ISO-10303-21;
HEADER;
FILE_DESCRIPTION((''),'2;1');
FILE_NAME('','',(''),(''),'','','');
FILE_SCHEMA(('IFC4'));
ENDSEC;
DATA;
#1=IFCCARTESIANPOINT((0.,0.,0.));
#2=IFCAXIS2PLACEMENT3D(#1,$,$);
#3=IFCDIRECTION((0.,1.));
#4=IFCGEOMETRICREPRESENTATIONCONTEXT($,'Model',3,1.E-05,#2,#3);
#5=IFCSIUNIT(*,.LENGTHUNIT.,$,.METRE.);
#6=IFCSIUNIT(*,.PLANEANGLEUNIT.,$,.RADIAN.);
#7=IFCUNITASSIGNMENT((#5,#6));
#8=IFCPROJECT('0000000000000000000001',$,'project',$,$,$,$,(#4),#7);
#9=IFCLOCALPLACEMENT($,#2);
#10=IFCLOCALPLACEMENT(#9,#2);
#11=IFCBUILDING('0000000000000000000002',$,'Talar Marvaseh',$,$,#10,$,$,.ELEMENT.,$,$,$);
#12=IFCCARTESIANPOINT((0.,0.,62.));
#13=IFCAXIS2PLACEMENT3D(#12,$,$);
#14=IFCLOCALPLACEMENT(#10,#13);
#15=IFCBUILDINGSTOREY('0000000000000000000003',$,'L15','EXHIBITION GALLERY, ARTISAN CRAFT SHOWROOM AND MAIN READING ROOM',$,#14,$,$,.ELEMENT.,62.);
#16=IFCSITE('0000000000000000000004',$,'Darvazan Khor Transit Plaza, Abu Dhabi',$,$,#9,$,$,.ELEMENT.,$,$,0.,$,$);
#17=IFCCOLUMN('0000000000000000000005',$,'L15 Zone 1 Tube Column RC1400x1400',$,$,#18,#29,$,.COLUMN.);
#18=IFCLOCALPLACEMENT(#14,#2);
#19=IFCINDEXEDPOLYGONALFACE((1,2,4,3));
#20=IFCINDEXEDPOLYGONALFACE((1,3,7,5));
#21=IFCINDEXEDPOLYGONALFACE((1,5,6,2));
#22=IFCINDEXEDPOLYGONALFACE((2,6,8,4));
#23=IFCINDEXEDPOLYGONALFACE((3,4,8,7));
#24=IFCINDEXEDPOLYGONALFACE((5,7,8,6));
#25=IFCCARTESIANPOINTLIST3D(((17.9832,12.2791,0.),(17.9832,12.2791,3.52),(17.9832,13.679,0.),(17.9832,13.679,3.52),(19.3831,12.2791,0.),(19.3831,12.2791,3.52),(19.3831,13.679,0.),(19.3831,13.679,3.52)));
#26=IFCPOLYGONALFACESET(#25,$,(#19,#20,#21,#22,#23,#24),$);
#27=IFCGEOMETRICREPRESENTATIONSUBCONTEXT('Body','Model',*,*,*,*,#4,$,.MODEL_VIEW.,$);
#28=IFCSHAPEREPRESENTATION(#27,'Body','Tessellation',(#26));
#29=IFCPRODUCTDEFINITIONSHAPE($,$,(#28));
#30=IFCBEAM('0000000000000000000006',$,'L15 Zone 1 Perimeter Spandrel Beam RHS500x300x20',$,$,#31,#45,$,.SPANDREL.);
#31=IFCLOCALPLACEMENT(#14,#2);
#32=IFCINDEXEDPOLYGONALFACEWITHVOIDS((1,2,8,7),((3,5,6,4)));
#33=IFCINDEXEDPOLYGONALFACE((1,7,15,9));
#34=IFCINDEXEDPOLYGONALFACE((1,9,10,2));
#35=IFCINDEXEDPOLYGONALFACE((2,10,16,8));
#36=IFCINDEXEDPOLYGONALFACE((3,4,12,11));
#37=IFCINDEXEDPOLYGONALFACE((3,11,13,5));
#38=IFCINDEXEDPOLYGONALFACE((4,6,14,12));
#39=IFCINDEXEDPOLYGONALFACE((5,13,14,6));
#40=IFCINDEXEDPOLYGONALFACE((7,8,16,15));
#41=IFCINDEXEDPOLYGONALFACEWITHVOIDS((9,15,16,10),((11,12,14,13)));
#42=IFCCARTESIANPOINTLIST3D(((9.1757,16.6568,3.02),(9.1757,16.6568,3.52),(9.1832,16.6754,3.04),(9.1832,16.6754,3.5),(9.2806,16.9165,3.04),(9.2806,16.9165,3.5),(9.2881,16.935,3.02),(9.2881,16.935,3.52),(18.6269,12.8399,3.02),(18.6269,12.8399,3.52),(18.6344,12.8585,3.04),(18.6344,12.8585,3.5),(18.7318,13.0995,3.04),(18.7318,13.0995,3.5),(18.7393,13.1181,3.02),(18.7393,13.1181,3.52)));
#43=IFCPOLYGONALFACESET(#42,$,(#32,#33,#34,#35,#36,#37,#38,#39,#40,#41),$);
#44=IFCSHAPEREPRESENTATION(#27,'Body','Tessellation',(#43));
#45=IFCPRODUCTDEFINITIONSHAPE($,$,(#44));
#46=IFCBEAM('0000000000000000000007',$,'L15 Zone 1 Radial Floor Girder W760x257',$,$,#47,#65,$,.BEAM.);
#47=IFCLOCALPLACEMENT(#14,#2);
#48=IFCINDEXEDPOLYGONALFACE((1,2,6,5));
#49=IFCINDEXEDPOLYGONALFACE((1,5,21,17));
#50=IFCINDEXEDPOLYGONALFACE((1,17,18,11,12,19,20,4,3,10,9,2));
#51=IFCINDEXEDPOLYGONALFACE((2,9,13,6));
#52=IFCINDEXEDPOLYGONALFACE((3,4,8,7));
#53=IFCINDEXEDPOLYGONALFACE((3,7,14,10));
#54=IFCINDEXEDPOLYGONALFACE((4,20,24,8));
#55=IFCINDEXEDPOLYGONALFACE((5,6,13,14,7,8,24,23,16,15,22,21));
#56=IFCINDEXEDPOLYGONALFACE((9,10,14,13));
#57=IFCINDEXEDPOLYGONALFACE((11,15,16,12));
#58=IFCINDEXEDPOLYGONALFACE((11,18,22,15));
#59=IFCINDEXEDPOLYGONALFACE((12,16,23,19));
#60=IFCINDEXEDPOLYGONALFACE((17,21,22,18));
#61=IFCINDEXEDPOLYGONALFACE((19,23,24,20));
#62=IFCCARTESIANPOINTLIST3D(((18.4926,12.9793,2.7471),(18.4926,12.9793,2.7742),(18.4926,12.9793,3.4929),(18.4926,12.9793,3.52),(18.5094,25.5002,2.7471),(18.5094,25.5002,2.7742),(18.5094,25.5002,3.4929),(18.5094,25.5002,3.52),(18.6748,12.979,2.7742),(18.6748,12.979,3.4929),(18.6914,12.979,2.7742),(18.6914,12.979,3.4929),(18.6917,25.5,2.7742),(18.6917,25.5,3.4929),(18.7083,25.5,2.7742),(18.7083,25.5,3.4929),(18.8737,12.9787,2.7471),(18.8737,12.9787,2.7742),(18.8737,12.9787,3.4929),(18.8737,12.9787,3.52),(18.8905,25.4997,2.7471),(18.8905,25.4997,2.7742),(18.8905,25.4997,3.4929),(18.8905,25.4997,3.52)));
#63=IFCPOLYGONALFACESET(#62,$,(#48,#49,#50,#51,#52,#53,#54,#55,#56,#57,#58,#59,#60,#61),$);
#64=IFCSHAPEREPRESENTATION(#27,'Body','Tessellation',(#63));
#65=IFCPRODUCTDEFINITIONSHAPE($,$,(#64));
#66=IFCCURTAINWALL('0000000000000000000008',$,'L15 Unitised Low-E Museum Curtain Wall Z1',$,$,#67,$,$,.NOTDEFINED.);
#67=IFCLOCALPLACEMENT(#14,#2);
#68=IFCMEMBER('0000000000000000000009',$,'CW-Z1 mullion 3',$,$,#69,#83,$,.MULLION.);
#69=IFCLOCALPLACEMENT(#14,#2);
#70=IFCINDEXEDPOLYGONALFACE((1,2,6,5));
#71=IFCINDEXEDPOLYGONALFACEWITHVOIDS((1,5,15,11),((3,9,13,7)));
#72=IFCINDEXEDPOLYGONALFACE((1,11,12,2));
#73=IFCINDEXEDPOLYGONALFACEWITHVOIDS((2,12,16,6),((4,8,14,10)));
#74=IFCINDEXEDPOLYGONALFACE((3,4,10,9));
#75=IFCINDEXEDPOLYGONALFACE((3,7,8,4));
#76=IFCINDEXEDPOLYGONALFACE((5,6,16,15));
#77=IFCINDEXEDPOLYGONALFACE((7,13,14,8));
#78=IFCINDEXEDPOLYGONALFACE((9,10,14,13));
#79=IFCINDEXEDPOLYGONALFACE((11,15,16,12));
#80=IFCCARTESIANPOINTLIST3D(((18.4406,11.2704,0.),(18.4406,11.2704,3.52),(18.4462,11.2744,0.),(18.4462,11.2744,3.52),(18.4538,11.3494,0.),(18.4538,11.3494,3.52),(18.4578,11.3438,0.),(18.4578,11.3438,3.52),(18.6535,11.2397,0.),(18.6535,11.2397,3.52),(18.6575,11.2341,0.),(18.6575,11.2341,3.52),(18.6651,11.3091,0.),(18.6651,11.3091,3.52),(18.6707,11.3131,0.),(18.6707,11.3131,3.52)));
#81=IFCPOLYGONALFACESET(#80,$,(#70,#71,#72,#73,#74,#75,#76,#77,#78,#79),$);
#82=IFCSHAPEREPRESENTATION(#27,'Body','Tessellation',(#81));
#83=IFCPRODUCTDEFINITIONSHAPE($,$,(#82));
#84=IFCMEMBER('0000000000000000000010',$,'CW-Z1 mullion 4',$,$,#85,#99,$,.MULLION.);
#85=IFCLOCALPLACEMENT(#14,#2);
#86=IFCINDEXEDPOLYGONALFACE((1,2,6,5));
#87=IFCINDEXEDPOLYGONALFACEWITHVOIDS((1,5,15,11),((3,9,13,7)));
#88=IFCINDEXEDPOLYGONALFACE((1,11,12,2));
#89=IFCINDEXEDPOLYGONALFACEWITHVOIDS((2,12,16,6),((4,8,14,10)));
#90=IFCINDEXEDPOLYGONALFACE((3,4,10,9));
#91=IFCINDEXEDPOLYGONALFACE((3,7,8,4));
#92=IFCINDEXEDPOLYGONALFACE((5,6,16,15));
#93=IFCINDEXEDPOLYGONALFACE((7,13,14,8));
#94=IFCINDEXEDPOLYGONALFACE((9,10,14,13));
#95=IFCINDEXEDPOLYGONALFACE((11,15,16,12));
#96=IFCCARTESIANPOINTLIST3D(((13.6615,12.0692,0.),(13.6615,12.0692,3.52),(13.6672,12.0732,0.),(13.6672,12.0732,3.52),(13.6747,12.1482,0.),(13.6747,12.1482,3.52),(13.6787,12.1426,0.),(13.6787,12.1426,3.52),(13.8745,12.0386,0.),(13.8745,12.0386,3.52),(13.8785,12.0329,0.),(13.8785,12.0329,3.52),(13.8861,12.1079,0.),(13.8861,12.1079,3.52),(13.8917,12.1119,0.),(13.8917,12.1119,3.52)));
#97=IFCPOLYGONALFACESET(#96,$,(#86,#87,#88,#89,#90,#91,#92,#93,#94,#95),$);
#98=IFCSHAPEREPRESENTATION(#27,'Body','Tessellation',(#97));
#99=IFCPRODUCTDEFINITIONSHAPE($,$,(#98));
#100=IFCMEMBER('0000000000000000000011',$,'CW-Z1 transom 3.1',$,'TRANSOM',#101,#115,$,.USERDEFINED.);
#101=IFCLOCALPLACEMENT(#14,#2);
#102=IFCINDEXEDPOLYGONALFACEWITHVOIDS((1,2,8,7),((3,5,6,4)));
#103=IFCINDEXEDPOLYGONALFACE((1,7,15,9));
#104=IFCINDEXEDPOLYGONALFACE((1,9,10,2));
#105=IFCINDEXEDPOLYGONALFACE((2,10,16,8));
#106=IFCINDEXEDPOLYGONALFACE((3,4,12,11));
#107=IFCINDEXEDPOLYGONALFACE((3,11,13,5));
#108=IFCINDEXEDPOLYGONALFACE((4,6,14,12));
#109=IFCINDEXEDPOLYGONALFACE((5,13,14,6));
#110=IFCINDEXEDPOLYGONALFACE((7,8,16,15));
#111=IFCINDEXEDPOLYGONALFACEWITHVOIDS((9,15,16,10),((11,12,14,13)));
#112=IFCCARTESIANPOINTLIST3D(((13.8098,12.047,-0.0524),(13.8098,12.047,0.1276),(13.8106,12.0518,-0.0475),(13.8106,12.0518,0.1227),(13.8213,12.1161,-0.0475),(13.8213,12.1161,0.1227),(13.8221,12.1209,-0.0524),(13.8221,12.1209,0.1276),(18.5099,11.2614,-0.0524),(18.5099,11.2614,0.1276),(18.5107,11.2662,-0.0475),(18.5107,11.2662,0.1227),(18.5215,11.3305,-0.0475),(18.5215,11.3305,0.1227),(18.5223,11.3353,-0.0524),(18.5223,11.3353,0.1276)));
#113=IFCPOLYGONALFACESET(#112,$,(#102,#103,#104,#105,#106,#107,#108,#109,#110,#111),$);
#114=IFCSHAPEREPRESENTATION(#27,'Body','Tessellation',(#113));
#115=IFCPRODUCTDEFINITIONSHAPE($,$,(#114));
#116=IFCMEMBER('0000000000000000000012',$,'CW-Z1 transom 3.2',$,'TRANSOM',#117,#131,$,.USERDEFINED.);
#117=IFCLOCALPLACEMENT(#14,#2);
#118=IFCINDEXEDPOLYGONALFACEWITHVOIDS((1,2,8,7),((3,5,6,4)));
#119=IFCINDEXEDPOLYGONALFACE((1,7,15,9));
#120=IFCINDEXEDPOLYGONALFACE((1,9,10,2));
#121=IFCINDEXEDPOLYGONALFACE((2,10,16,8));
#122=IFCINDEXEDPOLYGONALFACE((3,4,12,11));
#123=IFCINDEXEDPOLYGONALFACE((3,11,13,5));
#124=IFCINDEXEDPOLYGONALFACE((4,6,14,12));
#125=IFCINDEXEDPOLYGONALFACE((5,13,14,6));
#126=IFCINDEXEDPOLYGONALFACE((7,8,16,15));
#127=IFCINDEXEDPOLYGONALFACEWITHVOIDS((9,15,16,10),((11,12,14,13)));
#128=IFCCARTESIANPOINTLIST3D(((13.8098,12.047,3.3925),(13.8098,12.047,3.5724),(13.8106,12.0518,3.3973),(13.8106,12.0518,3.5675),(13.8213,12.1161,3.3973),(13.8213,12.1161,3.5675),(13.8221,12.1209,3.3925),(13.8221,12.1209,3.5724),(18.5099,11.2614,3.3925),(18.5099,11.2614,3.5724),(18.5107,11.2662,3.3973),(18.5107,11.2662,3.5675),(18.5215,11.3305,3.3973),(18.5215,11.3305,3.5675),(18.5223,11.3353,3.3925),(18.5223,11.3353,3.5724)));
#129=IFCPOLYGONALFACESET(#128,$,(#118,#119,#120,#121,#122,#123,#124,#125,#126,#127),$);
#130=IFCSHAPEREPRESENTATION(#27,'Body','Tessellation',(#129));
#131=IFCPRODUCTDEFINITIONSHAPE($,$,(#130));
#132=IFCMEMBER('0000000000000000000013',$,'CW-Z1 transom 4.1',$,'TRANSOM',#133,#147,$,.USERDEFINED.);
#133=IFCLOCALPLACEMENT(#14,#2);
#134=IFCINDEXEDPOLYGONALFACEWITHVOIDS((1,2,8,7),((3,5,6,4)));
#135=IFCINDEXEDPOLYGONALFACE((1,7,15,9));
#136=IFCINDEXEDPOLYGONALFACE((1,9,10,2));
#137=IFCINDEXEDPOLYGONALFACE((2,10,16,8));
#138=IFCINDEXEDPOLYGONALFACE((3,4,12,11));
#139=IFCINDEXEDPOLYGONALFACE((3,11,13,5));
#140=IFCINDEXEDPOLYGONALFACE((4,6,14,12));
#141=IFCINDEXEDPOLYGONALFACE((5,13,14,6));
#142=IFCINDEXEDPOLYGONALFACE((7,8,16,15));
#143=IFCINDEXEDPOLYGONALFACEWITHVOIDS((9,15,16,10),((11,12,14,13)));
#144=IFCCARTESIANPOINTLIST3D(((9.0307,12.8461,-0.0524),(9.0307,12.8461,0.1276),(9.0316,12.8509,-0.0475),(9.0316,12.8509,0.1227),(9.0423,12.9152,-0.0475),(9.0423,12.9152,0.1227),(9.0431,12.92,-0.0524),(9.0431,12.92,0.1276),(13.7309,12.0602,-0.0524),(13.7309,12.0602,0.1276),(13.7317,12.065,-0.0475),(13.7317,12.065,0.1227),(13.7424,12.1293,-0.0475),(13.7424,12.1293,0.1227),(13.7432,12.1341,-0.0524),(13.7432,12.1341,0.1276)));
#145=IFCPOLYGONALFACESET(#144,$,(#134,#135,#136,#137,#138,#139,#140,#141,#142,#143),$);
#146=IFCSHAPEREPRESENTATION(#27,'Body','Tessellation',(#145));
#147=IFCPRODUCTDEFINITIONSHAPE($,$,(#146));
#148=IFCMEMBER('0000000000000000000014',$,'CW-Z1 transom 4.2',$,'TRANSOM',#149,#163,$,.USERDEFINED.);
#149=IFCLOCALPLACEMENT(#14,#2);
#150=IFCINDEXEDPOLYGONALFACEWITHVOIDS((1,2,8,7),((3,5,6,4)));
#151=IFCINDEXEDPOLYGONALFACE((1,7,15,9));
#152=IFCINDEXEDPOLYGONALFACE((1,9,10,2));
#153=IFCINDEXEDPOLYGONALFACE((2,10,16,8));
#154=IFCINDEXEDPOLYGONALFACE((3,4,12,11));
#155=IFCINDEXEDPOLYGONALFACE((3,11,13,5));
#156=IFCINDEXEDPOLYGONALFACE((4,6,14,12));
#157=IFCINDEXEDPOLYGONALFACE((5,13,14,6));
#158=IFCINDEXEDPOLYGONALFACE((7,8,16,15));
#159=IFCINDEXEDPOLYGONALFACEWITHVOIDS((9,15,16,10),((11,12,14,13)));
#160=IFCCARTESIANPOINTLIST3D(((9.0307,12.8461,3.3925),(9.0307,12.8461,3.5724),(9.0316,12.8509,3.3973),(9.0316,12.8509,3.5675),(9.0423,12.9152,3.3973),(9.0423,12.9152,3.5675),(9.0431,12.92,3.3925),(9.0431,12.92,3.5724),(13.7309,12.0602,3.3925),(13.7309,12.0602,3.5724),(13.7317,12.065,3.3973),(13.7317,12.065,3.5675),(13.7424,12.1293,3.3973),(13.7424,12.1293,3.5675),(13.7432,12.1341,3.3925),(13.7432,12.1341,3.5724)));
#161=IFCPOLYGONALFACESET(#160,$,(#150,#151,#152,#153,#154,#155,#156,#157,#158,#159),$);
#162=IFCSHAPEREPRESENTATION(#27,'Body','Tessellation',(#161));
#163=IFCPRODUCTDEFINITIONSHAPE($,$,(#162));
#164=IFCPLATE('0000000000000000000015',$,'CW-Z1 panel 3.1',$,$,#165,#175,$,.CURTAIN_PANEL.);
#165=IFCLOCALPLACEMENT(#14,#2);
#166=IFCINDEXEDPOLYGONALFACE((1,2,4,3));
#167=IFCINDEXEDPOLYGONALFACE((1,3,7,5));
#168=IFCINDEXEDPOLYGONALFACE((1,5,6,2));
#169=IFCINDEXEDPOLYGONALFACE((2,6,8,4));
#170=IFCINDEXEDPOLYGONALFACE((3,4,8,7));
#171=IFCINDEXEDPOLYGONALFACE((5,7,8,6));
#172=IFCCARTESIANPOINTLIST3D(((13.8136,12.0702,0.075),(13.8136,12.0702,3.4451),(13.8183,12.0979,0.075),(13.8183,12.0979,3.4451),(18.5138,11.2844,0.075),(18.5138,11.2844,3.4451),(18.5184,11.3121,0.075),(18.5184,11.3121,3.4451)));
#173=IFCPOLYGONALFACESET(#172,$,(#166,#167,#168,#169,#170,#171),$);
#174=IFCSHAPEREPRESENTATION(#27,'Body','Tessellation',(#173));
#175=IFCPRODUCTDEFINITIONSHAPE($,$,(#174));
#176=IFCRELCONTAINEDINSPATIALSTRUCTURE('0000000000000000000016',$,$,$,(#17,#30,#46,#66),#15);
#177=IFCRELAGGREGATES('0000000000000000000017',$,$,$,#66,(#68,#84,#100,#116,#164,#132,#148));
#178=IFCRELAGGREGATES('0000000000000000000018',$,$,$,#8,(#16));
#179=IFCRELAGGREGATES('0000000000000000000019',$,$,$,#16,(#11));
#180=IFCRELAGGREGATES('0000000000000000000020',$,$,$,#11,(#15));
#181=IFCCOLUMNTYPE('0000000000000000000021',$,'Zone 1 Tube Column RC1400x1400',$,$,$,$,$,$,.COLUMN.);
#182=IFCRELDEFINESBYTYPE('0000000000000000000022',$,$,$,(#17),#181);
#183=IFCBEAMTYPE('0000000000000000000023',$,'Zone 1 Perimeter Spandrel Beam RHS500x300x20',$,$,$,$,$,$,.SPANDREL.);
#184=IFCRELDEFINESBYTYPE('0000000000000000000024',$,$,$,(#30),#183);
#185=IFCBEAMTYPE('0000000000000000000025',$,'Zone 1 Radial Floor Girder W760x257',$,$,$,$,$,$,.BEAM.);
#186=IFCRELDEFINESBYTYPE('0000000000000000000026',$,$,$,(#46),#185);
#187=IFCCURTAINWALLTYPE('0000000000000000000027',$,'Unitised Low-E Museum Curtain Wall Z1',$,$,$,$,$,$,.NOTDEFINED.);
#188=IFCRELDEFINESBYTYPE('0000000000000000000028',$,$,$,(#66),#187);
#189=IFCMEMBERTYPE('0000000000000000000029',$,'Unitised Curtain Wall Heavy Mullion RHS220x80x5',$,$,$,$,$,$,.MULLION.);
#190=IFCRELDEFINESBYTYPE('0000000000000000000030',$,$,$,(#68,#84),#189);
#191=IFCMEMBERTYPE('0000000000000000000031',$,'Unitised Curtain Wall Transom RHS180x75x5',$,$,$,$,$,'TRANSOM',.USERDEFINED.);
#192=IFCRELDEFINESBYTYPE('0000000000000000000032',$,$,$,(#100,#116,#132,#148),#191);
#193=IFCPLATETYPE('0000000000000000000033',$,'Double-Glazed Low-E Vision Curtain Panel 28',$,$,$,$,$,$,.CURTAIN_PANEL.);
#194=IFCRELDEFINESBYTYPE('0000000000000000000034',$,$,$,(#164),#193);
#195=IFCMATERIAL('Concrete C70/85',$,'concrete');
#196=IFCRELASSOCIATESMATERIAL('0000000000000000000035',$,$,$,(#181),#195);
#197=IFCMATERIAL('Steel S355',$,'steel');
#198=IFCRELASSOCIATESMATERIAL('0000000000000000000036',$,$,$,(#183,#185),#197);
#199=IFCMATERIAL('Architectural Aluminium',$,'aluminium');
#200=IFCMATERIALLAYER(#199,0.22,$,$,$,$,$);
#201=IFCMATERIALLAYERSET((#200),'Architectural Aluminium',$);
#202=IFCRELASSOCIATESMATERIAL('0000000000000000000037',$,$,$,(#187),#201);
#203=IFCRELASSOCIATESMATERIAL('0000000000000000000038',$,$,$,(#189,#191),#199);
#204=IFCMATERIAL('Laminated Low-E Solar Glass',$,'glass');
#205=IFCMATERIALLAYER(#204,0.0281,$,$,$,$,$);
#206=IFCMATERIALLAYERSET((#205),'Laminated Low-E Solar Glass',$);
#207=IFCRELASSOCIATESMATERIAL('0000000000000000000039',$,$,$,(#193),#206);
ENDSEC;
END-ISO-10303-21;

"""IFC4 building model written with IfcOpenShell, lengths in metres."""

from ifc_helpers import new_model, si_unit, direction, frame, origin, origin_2d, place, context, subcontext, project, spatial, rectangle, hollow_rectangle, i_section, extrude, source, transform, mapped, material, layer, layer_set, material_profile, profile_set, type_object, type_shapes, element, aggregate, save


model = new_model("IFC4")

# Units and contexts
model_context = context("Model", 3, precision=1e-05, world=origin(), true_north=direction((0.0, 1.0)))
body_context = subcontext(model_context, "Body", "Model", "MODEL_VIEW")
ifc_project = project(units=[si_unit("LENGTHUNIT", "METRE"), si_unit("PLANEANGLEUNIT", "RADIAN")], contexts=[model_context])

# Site, building, storey
site_placement = place(None, origin())
site = spatial("IfcSite", under=ifc_project, at=site_placement, Name="Darvazan Khor Transit Plaza, Abu Dhabi", CompositionType="ELEMENT", RefElevation=0.0)
building_placement = place(site_placement, origin())
building = spatial("IfcBuilding", under=site, at=building_placement, Name="Talar Marvaseh", CompositionType="ELEMENT")
storey_placement = place(building_placement, frame((0.0, 0.0, 62.0)))
storey = spatial("IfcBuildingStorey", under=building, at=storey_placement, Name="L15", Description="EXHIBITION GALLERY, ARTISAN CRAFT SHOWROOM AND MAIN READING ROOM", CompositionType="ELEMENT", Elevation=62.0)

# Column
ifc_material_1 = material(Name="Concrete C70/85", Category="concrete")
ifc_material_profile_1 = material_profile(ifc_material_1, rectangle(XDim=1.3999, YDim=1.3999, at=origin_2d()), Name="RC1400x1400")
ifc_profile_set_1 = profile_set([ifc_material_profile_1], Name="Concrete C70/85")
column_type = type_object("IfcColumnType", Name="Zone 1 Tube Column RC1400x1400", PredefinedType="COLUMN", material=ifc_profile_set_1)
column_placement = place(storey_placement, frame((18.6831, 12.979, 0.0), z_axis=(0.0, 0.0, 1.0), x_axis=(1.0, 0.0, 0.0)))
element("IfcColumn", 1, at=column_placement, inside=storey, type_object=column_type, Name="L15 Zone 1 Tube Column RC1400x1400", PredefinedType="COLUMN", context=body_context, shape_type="SweptSolid", body=[
    extrude(rectangle(XDim=1.3999, YDim=1.3999, at=origin_2d()), origin(), (0.0, 0.0, 1.0), 3.52),
])

# Beams
ifc_material_2 = material(Name="Steel S355", Category="steel")
ifc_material_profile_2 = material_profile(ifc_material_2, hollow_rectangle(XDim=0.3, YDim=0.5, WallThickness=0.02, at=origin_2d()), Name="RHS500x300x20")
ifc_profile_set_2 = profile_set([ifc_material_profile_2], Name="Steel S355")
beam_type_1 = type_object("IfcBeamType", Name="Zone 1 Perimeter Spandrel Beam RHS500x300x20", PredefinedType="SPANDREL", material=ifc_profile_set_2)
beam_1_placement = place(storey_placement, frame((18.6831, 12.979, 3.27), z_axis=(-0.927239, 0.374469, 0.0), x_axis=(-0.374469, -0.927239, 0.0)))
element("IfcBeam", 2, at=beam_1_placement, inside=storey, type_object=beam_type_1, Name="L15 Zone 1 Perimeter Spandrel Beam RHS500x300x20", PredefinedType="SPANDREL", context=body_context, shape_type="SweptSolid", body=[
    extrude(hollow_rectangle(XDim=0.3, YDim=0.5, WallThickness=0.02, at=origin_2d()), origin(), (0.0, 0.0, 1.0), 10.1929),
])
ifc_material_profile_3 = material_profile(ifc_material_2, i_section(OverallWidth=0.3811, OverallDepth=0.7729, WebThickness=0.0166, FlangeThickness=0.0271, at=origin_2d()), Name="W760x257")
ifc_profile_set_3 = profile_set([ifc_material_profile_3], Name="Steel S355")
beam_type_2 = type_object("IfcBeamType", Name="Zone 1 Radial Floor Girder W760x257", PredefinedType="BEAM", material=ifc_profile_set_3)
beam_2_placement = place(storey_placement, frame((18.6831, 12.979, 3.1335), z_axis=(0.001345, 0.999999, 0.0), x_axis=(-0.999999, 0.001345, 0.0)))
element("IfcBeam", 3, at=beam_2_placement, inside=storey, type_object=beam_type_2, Name="L15 Zone 1 Radial Floor Girder W760x257", PredefinedType="BEAM", context=body_context, shape_type="SweptSolid", body=[
    extrude(i_section(OverallWidth=0.3811, OverallDepth=0.7729, WebThickness=0.0166, FlangeThickness=0.0271, at=origin_2d()), origin(), (0.0, 0.0, 1.0), 12.521),
])

# Curtain wall, members, plate
ifc_material_3 = material(Name="Architectural Aluminium", Category="aluminium")
ifc_layer_1 = layer(ifc_material_3, 0.22)
ifc_layer_set_1 = layer_set([ifc_layer_1], Name="Architectural Aluminium")
curtain_wall_type = type_object("IfcCurtainWallType", Name="Unitised Low-E Museum Curtain Wall Z1", PredefinedType="NOTDEFINED", material=ifc_layer_set_1)
curtain_wall_placement = place(storey_placement, origin())
curtain_wall = element("IfcCurtainWall", 4, at=curtain_wall_placement, inside=storey, type_object=curtain_wall_type, Name="L15 Unitised Low-E Museum Curtain Wall Z1", PredefinedType="NOTDEFINED")
ifc_material_profile_4 = material_profile(ifc_material_3, hollow_rectangle(XDim=0.0801, YDim=0.22, WallThickness=0.0049, at=origin_2d()), Name="RHS220x80x5")
ifc_profile_set_4 = profile_set([ifc_material_profile_4], Name="Architectural Aluminium")
member_type_1 = type_object("IfcMemberType", Name="Unitised Curtain Wall Heavy Mullion RHS220x80x5", PredefinedType="MULLION", material=ifc_profile_set_4)
shared_shape_1 = source(origin(), body_context, "Body", "SweptSolid", [
    extrude(hollow_rectangle(XDim=0.0801, YDim=0.22, WallThickness=0.0049, at=origin_2d()), origin(), (0.0, 0.0, 1.0), 3.52),
])
type_shapes(member_type_1, [shared_shape_1])
member_1_placement = place(storey_placement, frame((18.5557, 11.2917, 0.0), z_axis=(0.0, 0.0, 1.0), x_axis=(-0.164896, -0.986311, 0.0)))
member_1 = element("IfcMember", 5, at=member_1_placement, type_object=member_type_1, Name="CW-Z1 mullion 3", PredefinedType="MULLION", context=body_context, shape_type="MappedRepresentation", body=[
    mapped(shared_shape_1, transform((0.0, 0.0, 0.0), x_axis=(1.0, 0.0, 0.0), y_axis=(0.0, 1.0, 0.0), z_axis=(0.0, 0.0, 1.0), scale=1.0)),
])
member_2_placement = place(storey_placement, frame((13.7766, 12.0906, 0.0), z_axis=(0.0, 0.0, 1.0), x_axis=(-0.164896, -0.986311, 0.0)))
member_2 = element("IfcMember", 6, at=member_2_placement, type_object=member_type_1, Name="CW-Z1 mullion 4", PredefinedType="MULLION", context=body_context, shape_type="MappedRepresentation", body=[
    mapped(shared_shape_1, transform((0.0, 0.0, 0.0), x_axis=(1.0, 0.0, 0.0), y_axis=(0.0, 1.0, 0.0), z_axis=(0.0, 0.0, 1.0), scale=1.0)),
])
ifc_material_profile_5 = material_profile(ifc_material_3, hollow_rectangle(XDim=0.075, YDim=0.1799, WallThickness=0.0049, at=origin_2d()), Name="RHS180x75x5")
ifc_profile_set_5 = profile_set([ifc_material_profile_5], Name="Architectural Aluminium")
member_type_2 = type_object("IfcMemberType", Name="Unitised Curtain Wall Transom RHS180x75x5", ElementType="TRANSOM", PredefinedType="USERDEFINED", material=ifc_profile_set_5)
shared_shape_2 = source(origin(), body_context, "Body", "SweptSolid", [
    extrude(hollow_rectangle(XDim=0.075, YDim=0.1799, WallThickness=0.0049, at=origin_2d()), origin(), (0.0, 0.0, 1.0), 4.7654),
])
type_shapes(member_type_2, [shared_shape_2])
member_3_placement = place(storey_placement, frame((18.5161, 11.2983, 0.0376), z_axis=(-0.986316, 0.164864, 0.0), x_axis=(-0.164864, -0.986316, 0.0)))
member_3 = element("IfcMember", 7, at=member_3_placement, type_object=member_type_2, Name="CW-Z1 transom 3.1", ObjectType="TRANSOM", PredefinedType="USERDEFINED", context=body_context, shape_type="MappedRepresentation", body=[
    mapped(shared_shape_2, transform((0.0, 0.0, 0.0), x_axis=(1.0, 0.0, 0.0), y_axis=(0.0, 1.0, 0.0), z_axis=(0.0, 0.0, 1.0), scale=1.0)),
])
member_4_placement = place(storey_placement, frame((18.5161, 11.2983, 3.4824), z_axis=(-0.986316, 0.164864, 0.0), x_axis=(-0.164864, -0.986316, 0.0)))
member_4 = element("IfcMember", 8, at=member_4_placement, type_object=member_type_2, Name="CW-Z1 transom 3.2", ObjectType="TRANSOM", PredefinedType="USERDEFINED", context=body_context, shape_type="MappedRepresentation", body=[
    mapped(shared_shape_2, transform((0.0, 0.0, 0.0), x_axis=(1.0, 0.0, 0.0), y_axis=(0.0, 1.0, 0.0), z_axis=(0.0, 0.0, 1.0), scale=1.0)),
])
member_5_placement = place(storey_placement, frame((13.7371, 12.0972, 0.0376), z_axis=(-0.986308, 0.164914, 0.0), x_axis=(-0.164914, -0.986308, 0.0)))
member_5 = element("IfcMember", 9, at=member_5_placement, type_object=member_type_2, Name="CW-Z1 transom 4.1", ObjectType="TRANSOM", PredefinedType="USERDEFINED", context=body_context, shape_type="MappedRepresentation", body=[
    mapped(shared_shape_2, transform((0.0, 0.0, 0.0), x_axis=(1.0, 0.0, 0.0), y_axis=(0.0, 1.0, 0.0), z_axis=(0.0, 0.0, 1.0), scale=1.0)),
])
member_6_placement = place(storey_placement, frame((13.7371, 12.0972, 3.4824), z_axis=(-0.986308, 0.164914, 0.0), x_axis=(-0.164914, -0.986308, 0.0)))
member_6 = element("IfcMember", 10, at=member_6_placement, type_object=member_type_2, Name="CW-Z1 transom 4.2", ObjectType="TRANSOM", PredefinedType="USERDEFINED", context=body_context, shape_type="MappedRepresentation", body=[
    mapped(shared_shape_2, transform((0.0, 0.0, 0.0), x_axis=(1.0, 0.0, 0.0), y_axis=(0.0, 1.0, 0.0), z_axis=(0.0, 0.0, 1.0), scale=1.0)),
])
ifc_material_4 = material(Name="Laminated Low-E Solar Glass", Category="glass")
ifc_layer_2 = layer(ifc_material_4, 0.0281)
ifc_layer_set_2 = layer_set([ifc_layer_2], Name="Laminated Low-E Solar Glass")
plate_type = type_object("IfcPlateType", Name="Double-Glazed Low-E Vision Curtain Panel 28", PredefinedType="CURTAIN_PANEL", material=ifc_layer_set_2)
shared_shape_3 = source(origin(), body_context, "Body", "SweptSolid", [
    extrude(rectangle(XDim=4.7654, YDim=0.0281, at=origin_2d()), origin(), (0.0, 0.0, 1.0), 3.3701),
])
type_shapes(plate_type, [shared_shape_3])
plate_placement = place(storey_placement, frame((16.166, 11.6912, 0.075), z_axis=(0.0, 0.0, 1.0), x_axis=(-0.986311, 0.164896, 0.0)))
plate = element("IfcPlate", 11, at=plate_placement, type_object=plate_type, Name="CW-Z1 panel 3.1", PredefinedType="CURTAIN_PANEL", context=body_context, shape_type="MappedRepresentation", body=[
    mapped(shared_shape_3, transform((0.0, 0.0, 0.0), x_axis=(1.0, 0.0, 0.0), y_axis=(0.0, 1.0, 0.0), z_axis=(0.0, 0.0, 1.0), scale=1.0)),
])
aggregate(curtain_wall, [member_1, member_2, member_3, member_4, plate, member_5, member_6])

save(model, "model.ifc")
